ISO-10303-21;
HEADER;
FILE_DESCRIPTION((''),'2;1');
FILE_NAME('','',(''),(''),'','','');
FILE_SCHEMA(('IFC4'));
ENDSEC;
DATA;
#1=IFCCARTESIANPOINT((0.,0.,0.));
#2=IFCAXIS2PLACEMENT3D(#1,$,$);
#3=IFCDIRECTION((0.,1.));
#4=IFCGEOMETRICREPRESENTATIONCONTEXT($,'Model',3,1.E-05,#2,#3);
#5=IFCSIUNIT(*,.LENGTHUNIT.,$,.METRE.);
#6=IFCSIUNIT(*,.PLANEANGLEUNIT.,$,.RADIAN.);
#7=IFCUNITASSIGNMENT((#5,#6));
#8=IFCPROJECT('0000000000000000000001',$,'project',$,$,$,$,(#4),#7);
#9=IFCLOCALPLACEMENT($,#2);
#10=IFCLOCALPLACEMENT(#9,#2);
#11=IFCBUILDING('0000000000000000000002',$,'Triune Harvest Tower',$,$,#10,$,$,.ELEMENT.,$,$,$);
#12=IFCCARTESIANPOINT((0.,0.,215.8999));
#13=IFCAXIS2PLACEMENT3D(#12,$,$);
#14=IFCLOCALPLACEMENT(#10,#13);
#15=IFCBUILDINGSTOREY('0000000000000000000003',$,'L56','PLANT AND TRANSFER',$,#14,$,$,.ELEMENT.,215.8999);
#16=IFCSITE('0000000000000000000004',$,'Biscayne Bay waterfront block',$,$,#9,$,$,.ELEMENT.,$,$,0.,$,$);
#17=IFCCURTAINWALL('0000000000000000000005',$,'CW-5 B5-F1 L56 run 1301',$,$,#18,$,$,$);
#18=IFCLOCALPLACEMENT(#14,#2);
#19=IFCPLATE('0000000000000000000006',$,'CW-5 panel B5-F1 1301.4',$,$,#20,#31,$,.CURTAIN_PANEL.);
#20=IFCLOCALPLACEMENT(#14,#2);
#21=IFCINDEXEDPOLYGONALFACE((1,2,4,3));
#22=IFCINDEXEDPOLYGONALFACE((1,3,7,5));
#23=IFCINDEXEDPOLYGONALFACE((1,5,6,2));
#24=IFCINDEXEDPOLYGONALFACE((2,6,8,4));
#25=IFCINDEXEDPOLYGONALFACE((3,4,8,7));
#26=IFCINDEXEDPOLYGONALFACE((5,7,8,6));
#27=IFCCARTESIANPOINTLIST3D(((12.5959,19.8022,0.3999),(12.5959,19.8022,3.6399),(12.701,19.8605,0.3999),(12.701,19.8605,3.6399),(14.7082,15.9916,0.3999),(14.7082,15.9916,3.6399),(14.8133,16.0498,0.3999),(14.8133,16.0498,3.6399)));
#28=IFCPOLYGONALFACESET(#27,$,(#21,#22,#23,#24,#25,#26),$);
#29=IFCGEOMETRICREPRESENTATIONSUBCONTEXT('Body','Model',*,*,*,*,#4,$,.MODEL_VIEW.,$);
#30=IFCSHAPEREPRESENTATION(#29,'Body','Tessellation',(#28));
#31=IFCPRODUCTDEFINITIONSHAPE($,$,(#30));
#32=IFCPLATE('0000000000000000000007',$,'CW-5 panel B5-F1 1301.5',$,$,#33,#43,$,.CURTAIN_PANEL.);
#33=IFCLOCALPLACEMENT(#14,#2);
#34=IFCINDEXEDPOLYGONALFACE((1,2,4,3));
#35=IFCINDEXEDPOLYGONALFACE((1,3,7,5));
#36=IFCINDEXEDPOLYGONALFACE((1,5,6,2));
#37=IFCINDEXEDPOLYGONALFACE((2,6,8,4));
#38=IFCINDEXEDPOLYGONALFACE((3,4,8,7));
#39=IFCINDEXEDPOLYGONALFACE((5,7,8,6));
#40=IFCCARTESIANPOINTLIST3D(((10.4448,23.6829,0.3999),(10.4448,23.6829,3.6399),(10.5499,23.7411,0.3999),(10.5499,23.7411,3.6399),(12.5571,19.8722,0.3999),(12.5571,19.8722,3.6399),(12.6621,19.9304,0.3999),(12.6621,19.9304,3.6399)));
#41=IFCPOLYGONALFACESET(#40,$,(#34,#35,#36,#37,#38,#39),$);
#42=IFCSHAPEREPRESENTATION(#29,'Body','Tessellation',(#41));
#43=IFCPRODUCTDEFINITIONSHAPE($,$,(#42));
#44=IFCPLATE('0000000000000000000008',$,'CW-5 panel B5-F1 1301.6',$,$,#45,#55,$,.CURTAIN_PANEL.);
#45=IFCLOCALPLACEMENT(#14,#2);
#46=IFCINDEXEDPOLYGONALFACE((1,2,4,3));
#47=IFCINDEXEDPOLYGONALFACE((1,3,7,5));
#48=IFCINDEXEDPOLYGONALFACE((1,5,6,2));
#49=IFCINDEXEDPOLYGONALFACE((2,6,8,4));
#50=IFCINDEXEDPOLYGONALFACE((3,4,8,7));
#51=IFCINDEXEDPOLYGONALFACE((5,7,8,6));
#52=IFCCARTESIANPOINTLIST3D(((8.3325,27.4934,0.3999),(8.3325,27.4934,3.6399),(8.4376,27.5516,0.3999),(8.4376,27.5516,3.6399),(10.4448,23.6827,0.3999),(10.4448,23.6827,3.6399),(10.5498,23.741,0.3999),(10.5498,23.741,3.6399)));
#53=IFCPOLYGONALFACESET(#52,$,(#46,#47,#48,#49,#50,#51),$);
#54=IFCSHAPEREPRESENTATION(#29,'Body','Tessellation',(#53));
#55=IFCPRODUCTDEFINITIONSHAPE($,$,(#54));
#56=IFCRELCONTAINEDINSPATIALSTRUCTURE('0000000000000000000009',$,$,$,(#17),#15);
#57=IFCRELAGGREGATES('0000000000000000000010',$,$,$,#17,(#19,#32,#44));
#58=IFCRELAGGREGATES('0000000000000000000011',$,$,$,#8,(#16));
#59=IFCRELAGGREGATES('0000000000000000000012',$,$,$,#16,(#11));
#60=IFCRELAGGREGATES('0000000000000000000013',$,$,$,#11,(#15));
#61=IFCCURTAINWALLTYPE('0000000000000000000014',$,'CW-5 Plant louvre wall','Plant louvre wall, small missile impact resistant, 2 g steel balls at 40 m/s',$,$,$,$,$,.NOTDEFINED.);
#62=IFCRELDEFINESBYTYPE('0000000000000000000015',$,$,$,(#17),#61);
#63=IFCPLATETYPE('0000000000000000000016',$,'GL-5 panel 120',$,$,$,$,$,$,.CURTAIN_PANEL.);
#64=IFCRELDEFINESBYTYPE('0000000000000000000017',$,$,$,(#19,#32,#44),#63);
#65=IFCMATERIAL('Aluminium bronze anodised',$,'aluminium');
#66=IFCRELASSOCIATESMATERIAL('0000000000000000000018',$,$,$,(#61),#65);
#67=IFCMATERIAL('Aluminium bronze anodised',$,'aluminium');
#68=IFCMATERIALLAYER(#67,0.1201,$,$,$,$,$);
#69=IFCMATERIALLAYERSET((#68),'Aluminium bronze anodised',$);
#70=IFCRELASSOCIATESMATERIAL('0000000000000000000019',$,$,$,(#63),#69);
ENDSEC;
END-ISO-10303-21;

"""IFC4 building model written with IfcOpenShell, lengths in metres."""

from ifc_helpers import new_model, si_unit, direction, frame, origin, origin_2d, place, context, subcontext, project, spatial, rectangle, extrude, source, transform, mapped, material, layer, layer_set, type_object, element, aggregate, save


model = new_model("IFC4")

# Units and contexts
model_context = context("Model", 3, precision=1e-05, world=origin(), true_north=direction((0.0, 1.0)))
body_context = subcontext(model_context, "Body", "Model", "MODEL_VIEW")
ifc_project = project(units=[si_unit("LENGTHUNIT", "METRE"), si_unit("PLANEANGLEUNIT", "RADIAN")], contexts=[model_context])

# Site, building, storey
site_placement = place(None, origin())
site = spatial("IfcSite", under=ifc_project, at=site_placement, Name="Biscayne Bay waterfront block", CompositionType="ELEMENT", RefElevation=0.0)
building_placement = place(site_placement, origin())
building = spatial("IfcBuilding", under=site, at=building_placement, Name="Triune Harvest Tower", CompositionType="ELEMENT")
storey_placement = place(building_placement, frame((0.0, 0.0, 215.8999)))
storey = spatial("IfcBuildingStorey", under=building, at=storey_placement, Name="L56", Description="PLANT AND TRANSFER", CompositionType="ELEMENT", Elevation=215.8999)

# Curtain wall
ifc_material_1 = material(Name="Aluminium bronze anodised", Category="aluminium")
curtain_wall_type = type_object("IfcCurtainWallType", Name="CW-5 Plant louvre wall", Description="Plant louvre wall, small missile impact resistant, 2 g steel balls at 40 m/s", PredefinedType="NOTDEFINED", material=ifc_material_1)
curtain_wall_placement = place(storey_placement, origin())
curtain_wall = element("IfcCurtainWall", 1, at=curtain_wall_placement, inside=storey, type_object=curtain_wall_type, Name="CW-5 B5-F1 L56 run 1301")

# Plates
ifc_material_2 = material(Name="Aluminium bronze anodised", Category="aluminium")
ifc_layer = layer(ifc_material_2, 0.1201)
ifc_layer_set = layer_set([ifc_layer], Name="Aluminium bronze anodised")
plate_type = type_object("IfcPlateType", Name="GL-5 panel 120", PredefinedType="CURTAIN_PANEL", material=ifc_layer_set)
shared_shape_1 = source(origin(), body_context, "Body", "SweptSolid", [
    extrude(rectangle(XDim=4.3569, YDim=0.1201, at=origin_2d()), origin(), (0.0, 0.0, 1.0), 3.24),
])
plate_1_placement = place(storey_placement, frame((13.7046, 17.926, 0.3999), z_axis=(0.0, 0.0, 1.0), x_axis=(-0.484808, 0.874621, 0.0)))
plate_1 = element("IfcPlate", 2, at=plate_1_placement, type_object=plate_type, Name="CW-5 panel B5-F1 1301.4", PredefinedType="CURTAIN_PANEL", context=body_context, shape_type="MappedRepresentation", body=[
    mapped(shared_shape_1, transform((0.0, 0.0, 0.0), scale=1.0)),
])
plate_2_placement = place(storey_placement, frame((11.5535, 21.8066, 0.3999), z_axis=(0.0, 0.0, 1.0), x_axis=(-0.484808, 0.874621, 0.0)))
plate_2 = element("IfcPlate", 3, at=plate_2_placement, type_object=plate_type, Name="CW-5 panel B5-F1 1301.5", PredefinedType="CURTAIN_PANEL", context=body_context, shape_type="MappedRepresentation", body=[
    mapped(shared_shape_1, transform((0.0, 0.0, 0.0), scale=1.0)),
])
plate_3_placement = place(storey_placement, frame((9.4412, 25.6172, 0.3999), z_axis=(0.0, 0.0, 1.0), x_axis=(-0.484808, 0.874621, 0.0)))
plate_3 = element("IfcPlate", 4, at=plate_3_placement, type_object=plate_type, Name="CW-5 panel B5-F1 1301.6", PredefinedType="CURTAIN_PANEL", context=body_context, shape_type="MappedRepresentation", body=[
    mapped(shared_shape_1, transform((0.0, 0.0, 0.0), scale=1.0)),
])
aggregate(curtain_wall, [plate_1, plate_2, plate_3])

save(model, "model.ifc")
